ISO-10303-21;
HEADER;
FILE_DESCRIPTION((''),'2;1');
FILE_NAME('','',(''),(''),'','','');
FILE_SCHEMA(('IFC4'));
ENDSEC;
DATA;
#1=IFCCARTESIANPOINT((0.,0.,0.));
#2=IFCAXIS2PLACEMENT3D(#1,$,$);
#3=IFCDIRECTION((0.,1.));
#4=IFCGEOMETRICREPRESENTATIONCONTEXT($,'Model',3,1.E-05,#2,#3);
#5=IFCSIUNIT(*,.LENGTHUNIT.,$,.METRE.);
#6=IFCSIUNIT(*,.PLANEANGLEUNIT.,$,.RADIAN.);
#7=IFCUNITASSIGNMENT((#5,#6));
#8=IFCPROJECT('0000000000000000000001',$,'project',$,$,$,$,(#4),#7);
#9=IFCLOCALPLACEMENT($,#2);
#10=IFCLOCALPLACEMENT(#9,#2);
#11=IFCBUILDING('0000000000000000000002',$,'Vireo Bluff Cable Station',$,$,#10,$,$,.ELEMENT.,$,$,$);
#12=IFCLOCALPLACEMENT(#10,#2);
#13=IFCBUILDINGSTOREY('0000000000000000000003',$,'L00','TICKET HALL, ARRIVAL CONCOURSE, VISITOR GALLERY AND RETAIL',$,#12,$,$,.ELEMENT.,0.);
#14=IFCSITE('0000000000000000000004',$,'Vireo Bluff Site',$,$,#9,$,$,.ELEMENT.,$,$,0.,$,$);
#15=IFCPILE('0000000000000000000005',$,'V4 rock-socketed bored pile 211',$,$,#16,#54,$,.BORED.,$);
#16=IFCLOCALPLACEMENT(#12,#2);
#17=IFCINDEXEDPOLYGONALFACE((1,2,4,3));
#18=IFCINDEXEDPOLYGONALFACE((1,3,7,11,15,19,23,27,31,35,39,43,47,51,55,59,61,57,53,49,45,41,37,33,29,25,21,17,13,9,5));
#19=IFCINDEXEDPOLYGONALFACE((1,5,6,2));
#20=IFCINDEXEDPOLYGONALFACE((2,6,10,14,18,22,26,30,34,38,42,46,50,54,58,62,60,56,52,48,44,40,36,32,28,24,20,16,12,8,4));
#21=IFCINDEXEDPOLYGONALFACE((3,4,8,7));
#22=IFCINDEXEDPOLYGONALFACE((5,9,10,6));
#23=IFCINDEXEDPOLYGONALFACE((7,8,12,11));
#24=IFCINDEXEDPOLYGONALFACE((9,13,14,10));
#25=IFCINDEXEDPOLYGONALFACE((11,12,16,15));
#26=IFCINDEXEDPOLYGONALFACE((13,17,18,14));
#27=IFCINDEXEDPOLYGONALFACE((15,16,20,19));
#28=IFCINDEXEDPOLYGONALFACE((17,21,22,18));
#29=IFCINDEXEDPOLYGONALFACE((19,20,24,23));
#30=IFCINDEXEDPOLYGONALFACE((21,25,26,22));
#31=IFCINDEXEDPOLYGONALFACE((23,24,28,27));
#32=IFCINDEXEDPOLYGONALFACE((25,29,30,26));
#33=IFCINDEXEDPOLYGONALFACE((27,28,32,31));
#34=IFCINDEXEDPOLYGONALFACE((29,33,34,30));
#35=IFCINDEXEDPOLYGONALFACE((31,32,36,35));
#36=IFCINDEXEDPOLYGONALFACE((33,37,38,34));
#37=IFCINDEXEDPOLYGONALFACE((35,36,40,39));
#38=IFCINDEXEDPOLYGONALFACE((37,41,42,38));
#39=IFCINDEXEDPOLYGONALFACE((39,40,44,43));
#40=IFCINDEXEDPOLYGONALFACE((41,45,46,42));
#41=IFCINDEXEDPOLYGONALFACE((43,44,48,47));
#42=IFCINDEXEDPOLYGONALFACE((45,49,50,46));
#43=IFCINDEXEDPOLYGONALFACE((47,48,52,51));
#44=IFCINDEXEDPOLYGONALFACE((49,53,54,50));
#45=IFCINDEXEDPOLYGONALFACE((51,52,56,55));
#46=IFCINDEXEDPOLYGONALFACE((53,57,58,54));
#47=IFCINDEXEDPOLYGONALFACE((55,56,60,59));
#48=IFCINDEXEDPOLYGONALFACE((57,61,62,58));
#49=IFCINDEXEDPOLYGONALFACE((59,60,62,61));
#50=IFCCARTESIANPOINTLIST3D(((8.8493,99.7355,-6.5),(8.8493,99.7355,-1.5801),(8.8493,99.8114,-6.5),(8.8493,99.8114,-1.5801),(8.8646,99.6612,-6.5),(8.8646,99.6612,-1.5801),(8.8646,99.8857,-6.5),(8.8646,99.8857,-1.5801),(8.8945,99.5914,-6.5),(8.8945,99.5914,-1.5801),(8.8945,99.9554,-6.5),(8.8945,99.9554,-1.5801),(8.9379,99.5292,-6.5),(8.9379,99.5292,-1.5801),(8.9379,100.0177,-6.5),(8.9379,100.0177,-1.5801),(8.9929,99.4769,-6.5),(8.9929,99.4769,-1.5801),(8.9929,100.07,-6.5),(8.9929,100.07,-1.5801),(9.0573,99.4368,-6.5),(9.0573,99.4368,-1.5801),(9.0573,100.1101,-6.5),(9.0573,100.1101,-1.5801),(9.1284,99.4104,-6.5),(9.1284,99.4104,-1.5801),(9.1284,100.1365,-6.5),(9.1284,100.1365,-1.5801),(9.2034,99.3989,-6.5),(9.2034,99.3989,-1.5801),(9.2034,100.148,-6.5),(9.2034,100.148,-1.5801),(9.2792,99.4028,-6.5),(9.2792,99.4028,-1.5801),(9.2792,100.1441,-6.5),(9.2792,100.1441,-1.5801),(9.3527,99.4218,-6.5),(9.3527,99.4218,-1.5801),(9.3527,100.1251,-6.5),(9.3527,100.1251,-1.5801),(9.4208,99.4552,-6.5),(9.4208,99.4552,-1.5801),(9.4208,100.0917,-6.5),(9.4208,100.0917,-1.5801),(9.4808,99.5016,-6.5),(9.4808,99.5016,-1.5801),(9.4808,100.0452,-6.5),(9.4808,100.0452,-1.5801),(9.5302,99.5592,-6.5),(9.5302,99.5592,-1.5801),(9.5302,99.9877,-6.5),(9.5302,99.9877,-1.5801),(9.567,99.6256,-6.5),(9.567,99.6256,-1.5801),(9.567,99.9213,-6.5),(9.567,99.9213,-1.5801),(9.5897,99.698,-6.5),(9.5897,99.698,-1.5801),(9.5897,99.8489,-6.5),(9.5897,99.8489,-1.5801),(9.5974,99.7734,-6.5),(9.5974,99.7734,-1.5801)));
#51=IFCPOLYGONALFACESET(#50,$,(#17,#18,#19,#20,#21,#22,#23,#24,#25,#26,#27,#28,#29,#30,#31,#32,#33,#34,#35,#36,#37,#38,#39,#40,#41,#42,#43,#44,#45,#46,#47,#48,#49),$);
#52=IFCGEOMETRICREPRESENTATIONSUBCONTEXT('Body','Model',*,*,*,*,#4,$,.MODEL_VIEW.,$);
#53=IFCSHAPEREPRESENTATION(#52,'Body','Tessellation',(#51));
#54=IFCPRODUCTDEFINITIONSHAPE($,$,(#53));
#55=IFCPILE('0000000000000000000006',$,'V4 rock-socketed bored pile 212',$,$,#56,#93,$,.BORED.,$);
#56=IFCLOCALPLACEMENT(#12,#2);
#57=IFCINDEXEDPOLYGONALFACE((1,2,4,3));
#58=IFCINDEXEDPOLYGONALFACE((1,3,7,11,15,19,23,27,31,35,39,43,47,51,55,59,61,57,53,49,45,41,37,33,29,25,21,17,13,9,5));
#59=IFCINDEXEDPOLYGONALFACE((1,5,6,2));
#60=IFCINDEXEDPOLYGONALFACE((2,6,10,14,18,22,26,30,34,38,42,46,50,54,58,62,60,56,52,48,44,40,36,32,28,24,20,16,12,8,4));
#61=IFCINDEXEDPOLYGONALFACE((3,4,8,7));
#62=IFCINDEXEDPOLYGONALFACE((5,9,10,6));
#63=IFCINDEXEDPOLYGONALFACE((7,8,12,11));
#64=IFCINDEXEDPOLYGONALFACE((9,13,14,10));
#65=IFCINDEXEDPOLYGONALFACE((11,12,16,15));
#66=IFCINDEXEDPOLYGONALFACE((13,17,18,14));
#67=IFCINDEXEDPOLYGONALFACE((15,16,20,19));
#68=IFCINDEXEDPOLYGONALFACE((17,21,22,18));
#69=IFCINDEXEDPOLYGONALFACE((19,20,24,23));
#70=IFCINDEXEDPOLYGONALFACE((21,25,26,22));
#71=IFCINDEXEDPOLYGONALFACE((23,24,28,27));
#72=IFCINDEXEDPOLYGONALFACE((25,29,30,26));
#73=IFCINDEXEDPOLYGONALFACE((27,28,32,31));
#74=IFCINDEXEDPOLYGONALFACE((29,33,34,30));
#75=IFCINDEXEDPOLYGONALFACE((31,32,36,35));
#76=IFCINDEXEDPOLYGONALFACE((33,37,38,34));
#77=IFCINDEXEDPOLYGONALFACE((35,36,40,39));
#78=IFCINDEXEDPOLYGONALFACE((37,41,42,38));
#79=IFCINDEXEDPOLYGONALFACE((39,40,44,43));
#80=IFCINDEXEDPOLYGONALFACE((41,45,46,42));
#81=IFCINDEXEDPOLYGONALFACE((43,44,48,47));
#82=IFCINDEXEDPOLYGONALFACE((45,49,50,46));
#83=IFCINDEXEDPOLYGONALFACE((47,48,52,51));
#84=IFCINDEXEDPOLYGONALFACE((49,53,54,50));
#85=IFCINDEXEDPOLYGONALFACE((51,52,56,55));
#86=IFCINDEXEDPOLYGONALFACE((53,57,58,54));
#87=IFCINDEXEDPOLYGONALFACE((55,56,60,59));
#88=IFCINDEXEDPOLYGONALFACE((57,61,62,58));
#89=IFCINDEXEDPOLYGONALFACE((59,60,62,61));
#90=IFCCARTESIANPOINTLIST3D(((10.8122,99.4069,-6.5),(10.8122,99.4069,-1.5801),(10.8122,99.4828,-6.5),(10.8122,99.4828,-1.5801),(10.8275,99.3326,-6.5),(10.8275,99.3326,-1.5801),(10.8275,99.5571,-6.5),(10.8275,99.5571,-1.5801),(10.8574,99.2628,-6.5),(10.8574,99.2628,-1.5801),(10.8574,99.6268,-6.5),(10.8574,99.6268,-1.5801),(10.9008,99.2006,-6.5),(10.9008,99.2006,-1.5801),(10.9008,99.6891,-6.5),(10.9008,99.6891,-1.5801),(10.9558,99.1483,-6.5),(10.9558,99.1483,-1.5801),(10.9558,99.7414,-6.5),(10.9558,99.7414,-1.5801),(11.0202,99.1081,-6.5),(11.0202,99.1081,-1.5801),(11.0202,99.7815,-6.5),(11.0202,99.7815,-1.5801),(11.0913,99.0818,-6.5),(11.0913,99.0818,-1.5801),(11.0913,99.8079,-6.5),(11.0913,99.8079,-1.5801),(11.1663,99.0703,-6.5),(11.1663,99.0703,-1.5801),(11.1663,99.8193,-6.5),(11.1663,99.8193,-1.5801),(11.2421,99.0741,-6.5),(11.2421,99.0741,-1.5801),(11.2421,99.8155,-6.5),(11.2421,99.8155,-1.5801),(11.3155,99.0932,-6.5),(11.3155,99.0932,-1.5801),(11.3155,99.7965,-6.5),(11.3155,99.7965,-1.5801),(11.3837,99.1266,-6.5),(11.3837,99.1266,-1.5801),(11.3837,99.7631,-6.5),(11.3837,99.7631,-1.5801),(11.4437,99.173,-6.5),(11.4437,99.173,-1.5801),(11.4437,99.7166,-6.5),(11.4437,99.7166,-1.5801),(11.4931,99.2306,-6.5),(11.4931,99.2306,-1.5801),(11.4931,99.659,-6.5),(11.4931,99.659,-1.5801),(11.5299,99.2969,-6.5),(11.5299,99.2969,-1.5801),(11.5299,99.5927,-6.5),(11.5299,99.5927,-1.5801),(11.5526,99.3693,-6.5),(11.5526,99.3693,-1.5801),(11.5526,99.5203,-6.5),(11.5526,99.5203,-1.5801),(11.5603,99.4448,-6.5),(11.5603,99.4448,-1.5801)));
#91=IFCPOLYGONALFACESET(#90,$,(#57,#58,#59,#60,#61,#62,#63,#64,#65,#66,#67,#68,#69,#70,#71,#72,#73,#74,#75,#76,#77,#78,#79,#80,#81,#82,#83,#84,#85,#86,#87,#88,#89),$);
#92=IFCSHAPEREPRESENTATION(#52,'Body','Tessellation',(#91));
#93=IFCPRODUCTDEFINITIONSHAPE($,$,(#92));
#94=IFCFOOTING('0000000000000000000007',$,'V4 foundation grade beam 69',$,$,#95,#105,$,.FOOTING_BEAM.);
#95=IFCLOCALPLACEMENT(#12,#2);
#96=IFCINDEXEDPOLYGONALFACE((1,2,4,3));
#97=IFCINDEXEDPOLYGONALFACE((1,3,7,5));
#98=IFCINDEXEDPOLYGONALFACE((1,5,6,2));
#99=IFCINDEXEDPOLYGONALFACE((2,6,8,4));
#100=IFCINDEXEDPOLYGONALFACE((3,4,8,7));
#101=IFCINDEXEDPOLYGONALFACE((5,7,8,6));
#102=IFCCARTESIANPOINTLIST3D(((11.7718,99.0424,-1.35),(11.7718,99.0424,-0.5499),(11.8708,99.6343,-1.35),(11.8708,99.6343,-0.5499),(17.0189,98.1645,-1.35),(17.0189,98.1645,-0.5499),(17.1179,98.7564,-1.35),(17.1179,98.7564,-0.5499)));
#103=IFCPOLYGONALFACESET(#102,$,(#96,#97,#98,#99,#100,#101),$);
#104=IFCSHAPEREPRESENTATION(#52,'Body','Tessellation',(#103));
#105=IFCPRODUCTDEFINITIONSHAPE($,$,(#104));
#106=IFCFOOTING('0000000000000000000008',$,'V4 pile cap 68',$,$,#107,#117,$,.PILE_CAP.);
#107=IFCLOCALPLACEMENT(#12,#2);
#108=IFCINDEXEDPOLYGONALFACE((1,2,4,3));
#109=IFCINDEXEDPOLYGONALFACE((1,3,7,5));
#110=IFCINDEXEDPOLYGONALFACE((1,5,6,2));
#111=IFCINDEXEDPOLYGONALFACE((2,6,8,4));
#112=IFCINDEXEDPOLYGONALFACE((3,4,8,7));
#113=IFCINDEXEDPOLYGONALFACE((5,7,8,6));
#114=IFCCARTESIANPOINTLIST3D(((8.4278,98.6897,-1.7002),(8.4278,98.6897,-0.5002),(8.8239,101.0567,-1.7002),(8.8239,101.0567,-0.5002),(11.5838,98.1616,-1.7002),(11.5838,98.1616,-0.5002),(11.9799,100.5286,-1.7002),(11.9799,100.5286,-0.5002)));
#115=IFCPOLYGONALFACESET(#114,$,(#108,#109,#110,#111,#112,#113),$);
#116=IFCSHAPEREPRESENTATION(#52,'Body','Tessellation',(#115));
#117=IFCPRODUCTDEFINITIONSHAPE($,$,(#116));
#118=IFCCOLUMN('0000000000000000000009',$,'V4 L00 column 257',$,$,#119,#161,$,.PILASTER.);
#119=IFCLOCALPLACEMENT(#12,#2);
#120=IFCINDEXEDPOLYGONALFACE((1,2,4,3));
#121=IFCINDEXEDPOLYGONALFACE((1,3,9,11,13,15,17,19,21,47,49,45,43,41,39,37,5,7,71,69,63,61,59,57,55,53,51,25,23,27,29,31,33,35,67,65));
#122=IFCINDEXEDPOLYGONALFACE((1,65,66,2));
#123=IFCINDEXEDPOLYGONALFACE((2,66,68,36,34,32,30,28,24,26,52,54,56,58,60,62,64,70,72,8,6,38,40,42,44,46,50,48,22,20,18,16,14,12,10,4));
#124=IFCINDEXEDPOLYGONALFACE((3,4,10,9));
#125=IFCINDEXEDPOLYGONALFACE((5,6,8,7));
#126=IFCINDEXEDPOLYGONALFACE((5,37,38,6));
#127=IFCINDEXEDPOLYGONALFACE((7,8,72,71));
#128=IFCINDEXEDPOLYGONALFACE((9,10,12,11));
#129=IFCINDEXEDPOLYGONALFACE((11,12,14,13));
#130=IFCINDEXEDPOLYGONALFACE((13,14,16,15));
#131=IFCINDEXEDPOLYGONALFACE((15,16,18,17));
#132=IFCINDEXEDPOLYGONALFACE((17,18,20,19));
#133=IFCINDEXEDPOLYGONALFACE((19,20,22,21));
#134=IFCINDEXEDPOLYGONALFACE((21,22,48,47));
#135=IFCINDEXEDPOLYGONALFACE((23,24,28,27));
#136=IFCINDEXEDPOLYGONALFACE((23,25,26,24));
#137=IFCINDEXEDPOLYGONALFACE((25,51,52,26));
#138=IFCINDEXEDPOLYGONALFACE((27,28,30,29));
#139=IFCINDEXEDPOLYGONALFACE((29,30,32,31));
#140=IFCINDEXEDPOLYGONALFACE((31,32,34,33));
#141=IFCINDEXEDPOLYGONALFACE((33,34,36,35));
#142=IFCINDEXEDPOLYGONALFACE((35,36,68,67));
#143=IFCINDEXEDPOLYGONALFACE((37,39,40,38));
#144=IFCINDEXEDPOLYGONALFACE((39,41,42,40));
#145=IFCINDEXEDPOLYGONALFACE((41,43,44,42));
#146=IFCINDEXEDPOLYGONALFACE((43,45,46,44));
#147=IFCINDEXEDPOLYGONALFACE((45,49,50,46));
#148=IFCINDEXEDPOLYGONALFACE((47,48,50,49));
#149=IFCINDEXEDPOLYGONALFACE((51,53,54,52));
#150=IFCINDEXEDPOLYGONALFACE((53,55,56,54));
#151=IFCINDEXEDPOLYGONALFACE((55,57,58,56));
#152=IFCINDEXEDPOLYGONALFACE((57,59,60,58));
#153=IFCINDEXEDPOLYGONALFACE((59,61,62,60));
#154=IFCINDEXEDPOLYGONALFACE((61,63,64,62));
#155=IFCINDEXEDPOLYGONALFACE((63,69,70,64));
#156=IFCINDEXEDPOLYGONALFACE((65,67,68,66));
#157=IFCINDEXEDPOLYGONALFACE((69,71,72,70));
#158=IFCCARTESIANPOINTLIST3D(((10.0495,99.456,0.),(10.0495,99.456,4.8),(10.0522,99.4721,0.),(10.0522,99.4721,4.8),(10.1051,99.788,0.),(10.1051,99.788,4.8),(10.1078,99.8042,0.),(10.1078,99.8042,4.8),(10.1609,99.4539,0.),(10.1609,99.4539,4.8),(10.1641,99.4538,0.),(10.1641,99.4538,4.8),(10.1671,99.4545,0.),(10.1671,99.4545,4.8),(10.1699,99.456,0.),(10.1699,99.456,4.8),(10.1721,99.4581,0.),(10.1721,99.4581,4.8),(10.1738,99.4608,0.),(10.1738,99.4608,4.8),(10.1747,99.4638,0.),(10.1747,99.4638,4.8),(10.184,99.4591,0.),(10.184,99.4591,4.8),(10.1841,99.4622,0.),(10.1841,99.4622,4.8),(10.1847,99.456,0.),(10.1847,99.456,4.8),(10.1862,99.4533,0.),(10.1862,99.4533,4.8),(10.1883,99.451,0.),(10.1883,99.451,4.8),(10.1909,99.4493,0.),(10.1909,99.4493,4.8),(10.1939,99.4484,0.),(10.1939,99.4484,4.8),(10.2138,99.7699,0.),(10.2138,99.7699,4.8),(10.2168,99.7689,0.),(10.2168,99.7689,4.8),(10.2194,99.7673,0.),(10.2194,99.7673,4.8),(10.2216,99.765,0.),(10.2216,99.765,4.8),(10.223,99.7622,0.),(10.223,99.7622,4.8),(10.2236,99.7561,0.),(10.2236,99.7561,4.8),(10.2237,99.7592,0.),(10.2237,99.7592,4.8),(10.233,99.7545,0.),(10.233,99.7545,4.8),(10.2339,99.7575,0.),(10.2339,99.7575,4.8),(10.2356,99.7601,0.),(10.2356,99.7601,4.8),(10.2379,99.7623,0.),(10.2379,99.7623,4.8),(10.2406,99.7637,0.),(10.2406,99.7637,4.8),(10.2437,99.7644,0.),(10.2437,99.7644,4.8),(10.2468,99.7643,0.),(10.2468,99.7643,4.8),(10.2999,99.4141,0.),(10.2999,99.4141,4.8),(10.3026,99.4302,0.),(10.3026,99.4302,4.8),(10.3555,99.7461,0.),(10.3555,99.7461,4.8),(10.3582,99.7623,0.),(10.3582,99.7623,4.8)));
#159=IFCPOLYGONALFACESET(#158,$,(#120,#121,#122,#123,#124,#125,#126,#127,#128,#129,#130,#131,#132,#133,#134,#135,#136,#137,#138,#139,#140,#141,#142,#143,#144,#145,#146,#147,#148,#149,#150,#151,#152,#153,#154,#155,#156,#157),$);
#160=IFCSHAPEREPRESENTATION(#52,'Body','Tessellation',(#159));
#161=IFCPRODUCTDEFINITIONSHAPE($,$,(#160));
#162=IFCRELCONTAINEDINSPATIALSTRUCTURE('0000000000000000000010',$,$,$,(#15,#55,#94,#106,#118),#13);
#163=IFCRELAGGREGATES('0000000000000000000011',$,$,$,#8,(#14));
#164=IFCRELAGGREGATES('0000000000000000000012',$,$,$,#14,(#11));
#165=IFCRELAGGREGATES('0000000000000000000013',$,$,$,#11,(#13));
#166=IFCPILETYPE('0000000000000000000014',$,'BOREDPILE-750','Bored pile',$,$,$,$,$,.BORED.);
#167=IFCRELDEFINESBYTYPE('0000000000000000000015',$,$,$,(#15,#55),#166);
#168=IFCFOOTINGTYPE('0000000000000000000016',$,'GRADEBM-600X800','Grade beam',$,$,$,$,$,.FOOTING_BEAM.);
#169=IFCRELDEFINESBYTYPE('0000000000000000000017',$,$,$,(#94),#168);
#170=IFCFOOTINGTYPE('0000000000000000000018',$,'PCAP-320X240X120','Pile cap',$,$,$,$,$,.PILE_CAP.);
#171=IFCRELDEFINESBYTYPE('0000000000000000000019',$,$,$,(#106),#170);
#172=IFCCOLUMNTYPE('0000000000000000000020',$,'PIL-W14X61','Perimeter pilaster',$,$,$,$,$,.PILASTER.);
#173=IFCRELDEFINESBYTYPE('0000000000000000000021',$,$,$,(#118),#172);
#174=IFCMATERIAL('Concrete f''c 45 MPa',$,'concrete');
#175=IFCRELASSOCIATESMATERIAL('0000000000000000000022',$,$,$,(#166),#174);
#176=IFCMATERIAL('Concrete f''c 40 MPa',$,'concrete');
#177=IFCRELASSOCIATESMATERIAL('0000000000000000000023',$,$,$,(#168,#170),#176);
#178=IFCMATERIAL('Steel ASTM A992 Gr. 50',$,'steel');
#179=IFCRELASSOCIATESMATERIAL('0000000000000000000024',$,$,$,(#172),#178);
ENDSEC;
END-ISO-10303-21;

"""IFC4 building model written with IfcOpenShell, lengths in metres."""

from ifc_helpers import new_model, si_unit, direction, frame, origin, origin_2d, place, context, subcontext, project, spatial, rectangle, circle, i_section, extrude, material, material_profile, profile_set, type_object, element, save


model = new_model("IFC4")

# Units and contexts
model_context = context("Model", 3, precision=1e-05, world=origin(), true_north=direction((0.0, 1.0)))
body_context = subcontext(model_context, "Body", "Model", "MODEL_VIEW")
ifc_project = project(units=[si_unit("LENGTHUNIT", "METRE"), si_unit("PLANEANGLEUNIT", "RADIAN")], contexts=[model_context])

# Site, building, storey
site_placement = place(None, origin())
site = spatial("IfcSite", under=ifc_project, at=site_placement, Name="Vireo Bluff Site", CompositionType="ELEMENT", RefElevation=0.0)
building_placement = place(site_placement, origin())
building = spatial("IfcBuilding", under=site, at=building_placement, Name="Vireo Bluff Cable Station", CompositionType="ELEMENT")
storey_placement = place(building_placement, origin())
storey = spatial("IfcBuildingStorey", under=building, at=storey_placement, Name="L00", Description="TICKET HALL, ARRIVAL CONCOURSE, VISITOR GALLERY AND RETAIL", CompositionType="ELEMENT", Elevation=0.0)

# Piles
ifc_material_1 = material(Name="Concrete f'c 45 MPa", Category="concrete")
ifc_material_profile_1 = material_profile(ifc_material_1, circle(Radius=0.375, at=origin_2d()), Name="BOREDPILE-750")
ifc_profile_set_1 = profile_set([ifc_material_profile_1], Name="Concrete f'c 45 MPa")
pile_type = type_object("IfcPileType", Name="BOREDPILE-750", Description="Bored pile", PredefinedType="BORED", material=ifc_profile_set_1)
for number, where, z_axis, x_axis, name in (
    (1, (9.2224, 99.7734, -1.5801), (0.0, 0.0, -1.0), (1.0, 0.0, 0.0), "V4 rock-socketed bored pile 211"),
    (2, (11.1853, 99.4448, -1.5801), (0.0, 0.0, -1.0), (1.0, 0.0, 0.0), "V4 rock-socketed bored pile 212"),
):
    element("IfcPile", number, at=place(storey_placement, frame(where, z_axis=z_axis, x_axis=x_axis)), inside=storey, type_object=pile_type, Name=name, PredefinedType="BORED", context=body_context, shape_type="SweptSolid", body=[
        extrude(circle(Radius=0.375, at=origin_2d()), origin(), (0.0, 0.0, 1.0), 4.9199),
    ])

# Footings
ifc_material_2 = material(Name="Concrete f'c 40 MPa", Category="concrete")
ifc_material_profile_2 = material_profile(ifc_material_2, rectangle(XDim=0.6001, YDim=0.8, at=origin_2d()), Name="GRADEBM-600X800")
ifc_profile_set_2 = profile_set([ifc_material_profile_2], Name="Concrete f'c 40 MPa")
footing_type_1 = type_object("IfcFootingType", Name="GRADEBM-600X800", Description="Grade beam", PredefinedType="FOOTING_BEAM", material=ifc_profile_set_2)
footing_1_placement = place(storey_placement, frame((11.8213, 99.3384, -0.95), z_axis=(0.98629, -0.165024, 0.0), x_axis=(0.165024, 0.98629, 0.0)))
element("IfcFooting", 3, at=footing_1_placement, inside=storey, type_object=footing_type_1, Name="V4 foundation grade beam 69", PredefinedType="FOOTING_BEAM", context=body_context, shape_type="SweptSolid", body=[
    extrude(rectangle(XDim=0.6001, YDim=0.8, at=origin_2d()), origin(), (0.0, 0.0, 1.0), 5.3201),
])
footing_type_2 = type_object("IfcFootingType", Name="PCAP-320X240X120", Description="Pile cap", PredefinedType="PILE_CAP", material=ifc_material_2)
footing_2_placement = place(storey_placement, frame((10.2039, 99.6091, -1.7002), z_axis=(0.0, 0.0, 1.0), x_axis=(0.986286, -0.165048, 0.0)))
element("IfcFooting", 4, at=footing_2_placement, inside=storey, type_object=footing_type_2, Name="V4 pile cap 68", PredefinedType="PILE_CAP", context=body_context, shape_type="SweptSolid", body=[
    extrude(rectangle(XDim=3.2, YDim=2.3999, at=origin_2d()), origin(), (0.0, 0.0, 1.0), 1.2),
])

# Column
ifc_material_3 = material(Name="Steel ASTM A992 Gr. 50", Category="steel")
ifc_material_profile_3 = material_profile(ifc_material_3, i_section(OverallWidth=0.2539, OverallDepth=0.353, WebThickness=0.0095, FlangeThickness=0.0164, FilletRadius=0.012, at=origin_2d()), Name="W14X61")
ifc_profile_set_3 = profile_set([ifc_material_profile_3], Name="Steel ASTM A992 Gr. 50")
column_type = type_object("IfcColumnType", Name="PIL-W14X61", Description="Perimeter pilaster", PredefinedType="PILASTER", material=ifc_profile_set_3)
column_placement = place(storey_placement, frame((10.2039, 99.6091, 0.0), z_axis=(0.0, 0.0, 1.0), x_axis=(0.986286, -0.165048, 0.0)))
element("IfcColumn", 5, at=column_placement, inside=storey, type_object=column_type, Name="V4 L00 column 257", PredefinedType="PILASTER", context=body_context, shape_type="SweptSolid", body=[
    extrude(i_section(OverallWidth=0.2539, OverallDepth=0.353, WebThickness=0.0095, FlangeThickness=0.0164, FilletRadius=0.012, at=origin_2d()), origin(), (0.0, 0.0, 1.0), 4.8),
])

save(model, "model.ifc")
